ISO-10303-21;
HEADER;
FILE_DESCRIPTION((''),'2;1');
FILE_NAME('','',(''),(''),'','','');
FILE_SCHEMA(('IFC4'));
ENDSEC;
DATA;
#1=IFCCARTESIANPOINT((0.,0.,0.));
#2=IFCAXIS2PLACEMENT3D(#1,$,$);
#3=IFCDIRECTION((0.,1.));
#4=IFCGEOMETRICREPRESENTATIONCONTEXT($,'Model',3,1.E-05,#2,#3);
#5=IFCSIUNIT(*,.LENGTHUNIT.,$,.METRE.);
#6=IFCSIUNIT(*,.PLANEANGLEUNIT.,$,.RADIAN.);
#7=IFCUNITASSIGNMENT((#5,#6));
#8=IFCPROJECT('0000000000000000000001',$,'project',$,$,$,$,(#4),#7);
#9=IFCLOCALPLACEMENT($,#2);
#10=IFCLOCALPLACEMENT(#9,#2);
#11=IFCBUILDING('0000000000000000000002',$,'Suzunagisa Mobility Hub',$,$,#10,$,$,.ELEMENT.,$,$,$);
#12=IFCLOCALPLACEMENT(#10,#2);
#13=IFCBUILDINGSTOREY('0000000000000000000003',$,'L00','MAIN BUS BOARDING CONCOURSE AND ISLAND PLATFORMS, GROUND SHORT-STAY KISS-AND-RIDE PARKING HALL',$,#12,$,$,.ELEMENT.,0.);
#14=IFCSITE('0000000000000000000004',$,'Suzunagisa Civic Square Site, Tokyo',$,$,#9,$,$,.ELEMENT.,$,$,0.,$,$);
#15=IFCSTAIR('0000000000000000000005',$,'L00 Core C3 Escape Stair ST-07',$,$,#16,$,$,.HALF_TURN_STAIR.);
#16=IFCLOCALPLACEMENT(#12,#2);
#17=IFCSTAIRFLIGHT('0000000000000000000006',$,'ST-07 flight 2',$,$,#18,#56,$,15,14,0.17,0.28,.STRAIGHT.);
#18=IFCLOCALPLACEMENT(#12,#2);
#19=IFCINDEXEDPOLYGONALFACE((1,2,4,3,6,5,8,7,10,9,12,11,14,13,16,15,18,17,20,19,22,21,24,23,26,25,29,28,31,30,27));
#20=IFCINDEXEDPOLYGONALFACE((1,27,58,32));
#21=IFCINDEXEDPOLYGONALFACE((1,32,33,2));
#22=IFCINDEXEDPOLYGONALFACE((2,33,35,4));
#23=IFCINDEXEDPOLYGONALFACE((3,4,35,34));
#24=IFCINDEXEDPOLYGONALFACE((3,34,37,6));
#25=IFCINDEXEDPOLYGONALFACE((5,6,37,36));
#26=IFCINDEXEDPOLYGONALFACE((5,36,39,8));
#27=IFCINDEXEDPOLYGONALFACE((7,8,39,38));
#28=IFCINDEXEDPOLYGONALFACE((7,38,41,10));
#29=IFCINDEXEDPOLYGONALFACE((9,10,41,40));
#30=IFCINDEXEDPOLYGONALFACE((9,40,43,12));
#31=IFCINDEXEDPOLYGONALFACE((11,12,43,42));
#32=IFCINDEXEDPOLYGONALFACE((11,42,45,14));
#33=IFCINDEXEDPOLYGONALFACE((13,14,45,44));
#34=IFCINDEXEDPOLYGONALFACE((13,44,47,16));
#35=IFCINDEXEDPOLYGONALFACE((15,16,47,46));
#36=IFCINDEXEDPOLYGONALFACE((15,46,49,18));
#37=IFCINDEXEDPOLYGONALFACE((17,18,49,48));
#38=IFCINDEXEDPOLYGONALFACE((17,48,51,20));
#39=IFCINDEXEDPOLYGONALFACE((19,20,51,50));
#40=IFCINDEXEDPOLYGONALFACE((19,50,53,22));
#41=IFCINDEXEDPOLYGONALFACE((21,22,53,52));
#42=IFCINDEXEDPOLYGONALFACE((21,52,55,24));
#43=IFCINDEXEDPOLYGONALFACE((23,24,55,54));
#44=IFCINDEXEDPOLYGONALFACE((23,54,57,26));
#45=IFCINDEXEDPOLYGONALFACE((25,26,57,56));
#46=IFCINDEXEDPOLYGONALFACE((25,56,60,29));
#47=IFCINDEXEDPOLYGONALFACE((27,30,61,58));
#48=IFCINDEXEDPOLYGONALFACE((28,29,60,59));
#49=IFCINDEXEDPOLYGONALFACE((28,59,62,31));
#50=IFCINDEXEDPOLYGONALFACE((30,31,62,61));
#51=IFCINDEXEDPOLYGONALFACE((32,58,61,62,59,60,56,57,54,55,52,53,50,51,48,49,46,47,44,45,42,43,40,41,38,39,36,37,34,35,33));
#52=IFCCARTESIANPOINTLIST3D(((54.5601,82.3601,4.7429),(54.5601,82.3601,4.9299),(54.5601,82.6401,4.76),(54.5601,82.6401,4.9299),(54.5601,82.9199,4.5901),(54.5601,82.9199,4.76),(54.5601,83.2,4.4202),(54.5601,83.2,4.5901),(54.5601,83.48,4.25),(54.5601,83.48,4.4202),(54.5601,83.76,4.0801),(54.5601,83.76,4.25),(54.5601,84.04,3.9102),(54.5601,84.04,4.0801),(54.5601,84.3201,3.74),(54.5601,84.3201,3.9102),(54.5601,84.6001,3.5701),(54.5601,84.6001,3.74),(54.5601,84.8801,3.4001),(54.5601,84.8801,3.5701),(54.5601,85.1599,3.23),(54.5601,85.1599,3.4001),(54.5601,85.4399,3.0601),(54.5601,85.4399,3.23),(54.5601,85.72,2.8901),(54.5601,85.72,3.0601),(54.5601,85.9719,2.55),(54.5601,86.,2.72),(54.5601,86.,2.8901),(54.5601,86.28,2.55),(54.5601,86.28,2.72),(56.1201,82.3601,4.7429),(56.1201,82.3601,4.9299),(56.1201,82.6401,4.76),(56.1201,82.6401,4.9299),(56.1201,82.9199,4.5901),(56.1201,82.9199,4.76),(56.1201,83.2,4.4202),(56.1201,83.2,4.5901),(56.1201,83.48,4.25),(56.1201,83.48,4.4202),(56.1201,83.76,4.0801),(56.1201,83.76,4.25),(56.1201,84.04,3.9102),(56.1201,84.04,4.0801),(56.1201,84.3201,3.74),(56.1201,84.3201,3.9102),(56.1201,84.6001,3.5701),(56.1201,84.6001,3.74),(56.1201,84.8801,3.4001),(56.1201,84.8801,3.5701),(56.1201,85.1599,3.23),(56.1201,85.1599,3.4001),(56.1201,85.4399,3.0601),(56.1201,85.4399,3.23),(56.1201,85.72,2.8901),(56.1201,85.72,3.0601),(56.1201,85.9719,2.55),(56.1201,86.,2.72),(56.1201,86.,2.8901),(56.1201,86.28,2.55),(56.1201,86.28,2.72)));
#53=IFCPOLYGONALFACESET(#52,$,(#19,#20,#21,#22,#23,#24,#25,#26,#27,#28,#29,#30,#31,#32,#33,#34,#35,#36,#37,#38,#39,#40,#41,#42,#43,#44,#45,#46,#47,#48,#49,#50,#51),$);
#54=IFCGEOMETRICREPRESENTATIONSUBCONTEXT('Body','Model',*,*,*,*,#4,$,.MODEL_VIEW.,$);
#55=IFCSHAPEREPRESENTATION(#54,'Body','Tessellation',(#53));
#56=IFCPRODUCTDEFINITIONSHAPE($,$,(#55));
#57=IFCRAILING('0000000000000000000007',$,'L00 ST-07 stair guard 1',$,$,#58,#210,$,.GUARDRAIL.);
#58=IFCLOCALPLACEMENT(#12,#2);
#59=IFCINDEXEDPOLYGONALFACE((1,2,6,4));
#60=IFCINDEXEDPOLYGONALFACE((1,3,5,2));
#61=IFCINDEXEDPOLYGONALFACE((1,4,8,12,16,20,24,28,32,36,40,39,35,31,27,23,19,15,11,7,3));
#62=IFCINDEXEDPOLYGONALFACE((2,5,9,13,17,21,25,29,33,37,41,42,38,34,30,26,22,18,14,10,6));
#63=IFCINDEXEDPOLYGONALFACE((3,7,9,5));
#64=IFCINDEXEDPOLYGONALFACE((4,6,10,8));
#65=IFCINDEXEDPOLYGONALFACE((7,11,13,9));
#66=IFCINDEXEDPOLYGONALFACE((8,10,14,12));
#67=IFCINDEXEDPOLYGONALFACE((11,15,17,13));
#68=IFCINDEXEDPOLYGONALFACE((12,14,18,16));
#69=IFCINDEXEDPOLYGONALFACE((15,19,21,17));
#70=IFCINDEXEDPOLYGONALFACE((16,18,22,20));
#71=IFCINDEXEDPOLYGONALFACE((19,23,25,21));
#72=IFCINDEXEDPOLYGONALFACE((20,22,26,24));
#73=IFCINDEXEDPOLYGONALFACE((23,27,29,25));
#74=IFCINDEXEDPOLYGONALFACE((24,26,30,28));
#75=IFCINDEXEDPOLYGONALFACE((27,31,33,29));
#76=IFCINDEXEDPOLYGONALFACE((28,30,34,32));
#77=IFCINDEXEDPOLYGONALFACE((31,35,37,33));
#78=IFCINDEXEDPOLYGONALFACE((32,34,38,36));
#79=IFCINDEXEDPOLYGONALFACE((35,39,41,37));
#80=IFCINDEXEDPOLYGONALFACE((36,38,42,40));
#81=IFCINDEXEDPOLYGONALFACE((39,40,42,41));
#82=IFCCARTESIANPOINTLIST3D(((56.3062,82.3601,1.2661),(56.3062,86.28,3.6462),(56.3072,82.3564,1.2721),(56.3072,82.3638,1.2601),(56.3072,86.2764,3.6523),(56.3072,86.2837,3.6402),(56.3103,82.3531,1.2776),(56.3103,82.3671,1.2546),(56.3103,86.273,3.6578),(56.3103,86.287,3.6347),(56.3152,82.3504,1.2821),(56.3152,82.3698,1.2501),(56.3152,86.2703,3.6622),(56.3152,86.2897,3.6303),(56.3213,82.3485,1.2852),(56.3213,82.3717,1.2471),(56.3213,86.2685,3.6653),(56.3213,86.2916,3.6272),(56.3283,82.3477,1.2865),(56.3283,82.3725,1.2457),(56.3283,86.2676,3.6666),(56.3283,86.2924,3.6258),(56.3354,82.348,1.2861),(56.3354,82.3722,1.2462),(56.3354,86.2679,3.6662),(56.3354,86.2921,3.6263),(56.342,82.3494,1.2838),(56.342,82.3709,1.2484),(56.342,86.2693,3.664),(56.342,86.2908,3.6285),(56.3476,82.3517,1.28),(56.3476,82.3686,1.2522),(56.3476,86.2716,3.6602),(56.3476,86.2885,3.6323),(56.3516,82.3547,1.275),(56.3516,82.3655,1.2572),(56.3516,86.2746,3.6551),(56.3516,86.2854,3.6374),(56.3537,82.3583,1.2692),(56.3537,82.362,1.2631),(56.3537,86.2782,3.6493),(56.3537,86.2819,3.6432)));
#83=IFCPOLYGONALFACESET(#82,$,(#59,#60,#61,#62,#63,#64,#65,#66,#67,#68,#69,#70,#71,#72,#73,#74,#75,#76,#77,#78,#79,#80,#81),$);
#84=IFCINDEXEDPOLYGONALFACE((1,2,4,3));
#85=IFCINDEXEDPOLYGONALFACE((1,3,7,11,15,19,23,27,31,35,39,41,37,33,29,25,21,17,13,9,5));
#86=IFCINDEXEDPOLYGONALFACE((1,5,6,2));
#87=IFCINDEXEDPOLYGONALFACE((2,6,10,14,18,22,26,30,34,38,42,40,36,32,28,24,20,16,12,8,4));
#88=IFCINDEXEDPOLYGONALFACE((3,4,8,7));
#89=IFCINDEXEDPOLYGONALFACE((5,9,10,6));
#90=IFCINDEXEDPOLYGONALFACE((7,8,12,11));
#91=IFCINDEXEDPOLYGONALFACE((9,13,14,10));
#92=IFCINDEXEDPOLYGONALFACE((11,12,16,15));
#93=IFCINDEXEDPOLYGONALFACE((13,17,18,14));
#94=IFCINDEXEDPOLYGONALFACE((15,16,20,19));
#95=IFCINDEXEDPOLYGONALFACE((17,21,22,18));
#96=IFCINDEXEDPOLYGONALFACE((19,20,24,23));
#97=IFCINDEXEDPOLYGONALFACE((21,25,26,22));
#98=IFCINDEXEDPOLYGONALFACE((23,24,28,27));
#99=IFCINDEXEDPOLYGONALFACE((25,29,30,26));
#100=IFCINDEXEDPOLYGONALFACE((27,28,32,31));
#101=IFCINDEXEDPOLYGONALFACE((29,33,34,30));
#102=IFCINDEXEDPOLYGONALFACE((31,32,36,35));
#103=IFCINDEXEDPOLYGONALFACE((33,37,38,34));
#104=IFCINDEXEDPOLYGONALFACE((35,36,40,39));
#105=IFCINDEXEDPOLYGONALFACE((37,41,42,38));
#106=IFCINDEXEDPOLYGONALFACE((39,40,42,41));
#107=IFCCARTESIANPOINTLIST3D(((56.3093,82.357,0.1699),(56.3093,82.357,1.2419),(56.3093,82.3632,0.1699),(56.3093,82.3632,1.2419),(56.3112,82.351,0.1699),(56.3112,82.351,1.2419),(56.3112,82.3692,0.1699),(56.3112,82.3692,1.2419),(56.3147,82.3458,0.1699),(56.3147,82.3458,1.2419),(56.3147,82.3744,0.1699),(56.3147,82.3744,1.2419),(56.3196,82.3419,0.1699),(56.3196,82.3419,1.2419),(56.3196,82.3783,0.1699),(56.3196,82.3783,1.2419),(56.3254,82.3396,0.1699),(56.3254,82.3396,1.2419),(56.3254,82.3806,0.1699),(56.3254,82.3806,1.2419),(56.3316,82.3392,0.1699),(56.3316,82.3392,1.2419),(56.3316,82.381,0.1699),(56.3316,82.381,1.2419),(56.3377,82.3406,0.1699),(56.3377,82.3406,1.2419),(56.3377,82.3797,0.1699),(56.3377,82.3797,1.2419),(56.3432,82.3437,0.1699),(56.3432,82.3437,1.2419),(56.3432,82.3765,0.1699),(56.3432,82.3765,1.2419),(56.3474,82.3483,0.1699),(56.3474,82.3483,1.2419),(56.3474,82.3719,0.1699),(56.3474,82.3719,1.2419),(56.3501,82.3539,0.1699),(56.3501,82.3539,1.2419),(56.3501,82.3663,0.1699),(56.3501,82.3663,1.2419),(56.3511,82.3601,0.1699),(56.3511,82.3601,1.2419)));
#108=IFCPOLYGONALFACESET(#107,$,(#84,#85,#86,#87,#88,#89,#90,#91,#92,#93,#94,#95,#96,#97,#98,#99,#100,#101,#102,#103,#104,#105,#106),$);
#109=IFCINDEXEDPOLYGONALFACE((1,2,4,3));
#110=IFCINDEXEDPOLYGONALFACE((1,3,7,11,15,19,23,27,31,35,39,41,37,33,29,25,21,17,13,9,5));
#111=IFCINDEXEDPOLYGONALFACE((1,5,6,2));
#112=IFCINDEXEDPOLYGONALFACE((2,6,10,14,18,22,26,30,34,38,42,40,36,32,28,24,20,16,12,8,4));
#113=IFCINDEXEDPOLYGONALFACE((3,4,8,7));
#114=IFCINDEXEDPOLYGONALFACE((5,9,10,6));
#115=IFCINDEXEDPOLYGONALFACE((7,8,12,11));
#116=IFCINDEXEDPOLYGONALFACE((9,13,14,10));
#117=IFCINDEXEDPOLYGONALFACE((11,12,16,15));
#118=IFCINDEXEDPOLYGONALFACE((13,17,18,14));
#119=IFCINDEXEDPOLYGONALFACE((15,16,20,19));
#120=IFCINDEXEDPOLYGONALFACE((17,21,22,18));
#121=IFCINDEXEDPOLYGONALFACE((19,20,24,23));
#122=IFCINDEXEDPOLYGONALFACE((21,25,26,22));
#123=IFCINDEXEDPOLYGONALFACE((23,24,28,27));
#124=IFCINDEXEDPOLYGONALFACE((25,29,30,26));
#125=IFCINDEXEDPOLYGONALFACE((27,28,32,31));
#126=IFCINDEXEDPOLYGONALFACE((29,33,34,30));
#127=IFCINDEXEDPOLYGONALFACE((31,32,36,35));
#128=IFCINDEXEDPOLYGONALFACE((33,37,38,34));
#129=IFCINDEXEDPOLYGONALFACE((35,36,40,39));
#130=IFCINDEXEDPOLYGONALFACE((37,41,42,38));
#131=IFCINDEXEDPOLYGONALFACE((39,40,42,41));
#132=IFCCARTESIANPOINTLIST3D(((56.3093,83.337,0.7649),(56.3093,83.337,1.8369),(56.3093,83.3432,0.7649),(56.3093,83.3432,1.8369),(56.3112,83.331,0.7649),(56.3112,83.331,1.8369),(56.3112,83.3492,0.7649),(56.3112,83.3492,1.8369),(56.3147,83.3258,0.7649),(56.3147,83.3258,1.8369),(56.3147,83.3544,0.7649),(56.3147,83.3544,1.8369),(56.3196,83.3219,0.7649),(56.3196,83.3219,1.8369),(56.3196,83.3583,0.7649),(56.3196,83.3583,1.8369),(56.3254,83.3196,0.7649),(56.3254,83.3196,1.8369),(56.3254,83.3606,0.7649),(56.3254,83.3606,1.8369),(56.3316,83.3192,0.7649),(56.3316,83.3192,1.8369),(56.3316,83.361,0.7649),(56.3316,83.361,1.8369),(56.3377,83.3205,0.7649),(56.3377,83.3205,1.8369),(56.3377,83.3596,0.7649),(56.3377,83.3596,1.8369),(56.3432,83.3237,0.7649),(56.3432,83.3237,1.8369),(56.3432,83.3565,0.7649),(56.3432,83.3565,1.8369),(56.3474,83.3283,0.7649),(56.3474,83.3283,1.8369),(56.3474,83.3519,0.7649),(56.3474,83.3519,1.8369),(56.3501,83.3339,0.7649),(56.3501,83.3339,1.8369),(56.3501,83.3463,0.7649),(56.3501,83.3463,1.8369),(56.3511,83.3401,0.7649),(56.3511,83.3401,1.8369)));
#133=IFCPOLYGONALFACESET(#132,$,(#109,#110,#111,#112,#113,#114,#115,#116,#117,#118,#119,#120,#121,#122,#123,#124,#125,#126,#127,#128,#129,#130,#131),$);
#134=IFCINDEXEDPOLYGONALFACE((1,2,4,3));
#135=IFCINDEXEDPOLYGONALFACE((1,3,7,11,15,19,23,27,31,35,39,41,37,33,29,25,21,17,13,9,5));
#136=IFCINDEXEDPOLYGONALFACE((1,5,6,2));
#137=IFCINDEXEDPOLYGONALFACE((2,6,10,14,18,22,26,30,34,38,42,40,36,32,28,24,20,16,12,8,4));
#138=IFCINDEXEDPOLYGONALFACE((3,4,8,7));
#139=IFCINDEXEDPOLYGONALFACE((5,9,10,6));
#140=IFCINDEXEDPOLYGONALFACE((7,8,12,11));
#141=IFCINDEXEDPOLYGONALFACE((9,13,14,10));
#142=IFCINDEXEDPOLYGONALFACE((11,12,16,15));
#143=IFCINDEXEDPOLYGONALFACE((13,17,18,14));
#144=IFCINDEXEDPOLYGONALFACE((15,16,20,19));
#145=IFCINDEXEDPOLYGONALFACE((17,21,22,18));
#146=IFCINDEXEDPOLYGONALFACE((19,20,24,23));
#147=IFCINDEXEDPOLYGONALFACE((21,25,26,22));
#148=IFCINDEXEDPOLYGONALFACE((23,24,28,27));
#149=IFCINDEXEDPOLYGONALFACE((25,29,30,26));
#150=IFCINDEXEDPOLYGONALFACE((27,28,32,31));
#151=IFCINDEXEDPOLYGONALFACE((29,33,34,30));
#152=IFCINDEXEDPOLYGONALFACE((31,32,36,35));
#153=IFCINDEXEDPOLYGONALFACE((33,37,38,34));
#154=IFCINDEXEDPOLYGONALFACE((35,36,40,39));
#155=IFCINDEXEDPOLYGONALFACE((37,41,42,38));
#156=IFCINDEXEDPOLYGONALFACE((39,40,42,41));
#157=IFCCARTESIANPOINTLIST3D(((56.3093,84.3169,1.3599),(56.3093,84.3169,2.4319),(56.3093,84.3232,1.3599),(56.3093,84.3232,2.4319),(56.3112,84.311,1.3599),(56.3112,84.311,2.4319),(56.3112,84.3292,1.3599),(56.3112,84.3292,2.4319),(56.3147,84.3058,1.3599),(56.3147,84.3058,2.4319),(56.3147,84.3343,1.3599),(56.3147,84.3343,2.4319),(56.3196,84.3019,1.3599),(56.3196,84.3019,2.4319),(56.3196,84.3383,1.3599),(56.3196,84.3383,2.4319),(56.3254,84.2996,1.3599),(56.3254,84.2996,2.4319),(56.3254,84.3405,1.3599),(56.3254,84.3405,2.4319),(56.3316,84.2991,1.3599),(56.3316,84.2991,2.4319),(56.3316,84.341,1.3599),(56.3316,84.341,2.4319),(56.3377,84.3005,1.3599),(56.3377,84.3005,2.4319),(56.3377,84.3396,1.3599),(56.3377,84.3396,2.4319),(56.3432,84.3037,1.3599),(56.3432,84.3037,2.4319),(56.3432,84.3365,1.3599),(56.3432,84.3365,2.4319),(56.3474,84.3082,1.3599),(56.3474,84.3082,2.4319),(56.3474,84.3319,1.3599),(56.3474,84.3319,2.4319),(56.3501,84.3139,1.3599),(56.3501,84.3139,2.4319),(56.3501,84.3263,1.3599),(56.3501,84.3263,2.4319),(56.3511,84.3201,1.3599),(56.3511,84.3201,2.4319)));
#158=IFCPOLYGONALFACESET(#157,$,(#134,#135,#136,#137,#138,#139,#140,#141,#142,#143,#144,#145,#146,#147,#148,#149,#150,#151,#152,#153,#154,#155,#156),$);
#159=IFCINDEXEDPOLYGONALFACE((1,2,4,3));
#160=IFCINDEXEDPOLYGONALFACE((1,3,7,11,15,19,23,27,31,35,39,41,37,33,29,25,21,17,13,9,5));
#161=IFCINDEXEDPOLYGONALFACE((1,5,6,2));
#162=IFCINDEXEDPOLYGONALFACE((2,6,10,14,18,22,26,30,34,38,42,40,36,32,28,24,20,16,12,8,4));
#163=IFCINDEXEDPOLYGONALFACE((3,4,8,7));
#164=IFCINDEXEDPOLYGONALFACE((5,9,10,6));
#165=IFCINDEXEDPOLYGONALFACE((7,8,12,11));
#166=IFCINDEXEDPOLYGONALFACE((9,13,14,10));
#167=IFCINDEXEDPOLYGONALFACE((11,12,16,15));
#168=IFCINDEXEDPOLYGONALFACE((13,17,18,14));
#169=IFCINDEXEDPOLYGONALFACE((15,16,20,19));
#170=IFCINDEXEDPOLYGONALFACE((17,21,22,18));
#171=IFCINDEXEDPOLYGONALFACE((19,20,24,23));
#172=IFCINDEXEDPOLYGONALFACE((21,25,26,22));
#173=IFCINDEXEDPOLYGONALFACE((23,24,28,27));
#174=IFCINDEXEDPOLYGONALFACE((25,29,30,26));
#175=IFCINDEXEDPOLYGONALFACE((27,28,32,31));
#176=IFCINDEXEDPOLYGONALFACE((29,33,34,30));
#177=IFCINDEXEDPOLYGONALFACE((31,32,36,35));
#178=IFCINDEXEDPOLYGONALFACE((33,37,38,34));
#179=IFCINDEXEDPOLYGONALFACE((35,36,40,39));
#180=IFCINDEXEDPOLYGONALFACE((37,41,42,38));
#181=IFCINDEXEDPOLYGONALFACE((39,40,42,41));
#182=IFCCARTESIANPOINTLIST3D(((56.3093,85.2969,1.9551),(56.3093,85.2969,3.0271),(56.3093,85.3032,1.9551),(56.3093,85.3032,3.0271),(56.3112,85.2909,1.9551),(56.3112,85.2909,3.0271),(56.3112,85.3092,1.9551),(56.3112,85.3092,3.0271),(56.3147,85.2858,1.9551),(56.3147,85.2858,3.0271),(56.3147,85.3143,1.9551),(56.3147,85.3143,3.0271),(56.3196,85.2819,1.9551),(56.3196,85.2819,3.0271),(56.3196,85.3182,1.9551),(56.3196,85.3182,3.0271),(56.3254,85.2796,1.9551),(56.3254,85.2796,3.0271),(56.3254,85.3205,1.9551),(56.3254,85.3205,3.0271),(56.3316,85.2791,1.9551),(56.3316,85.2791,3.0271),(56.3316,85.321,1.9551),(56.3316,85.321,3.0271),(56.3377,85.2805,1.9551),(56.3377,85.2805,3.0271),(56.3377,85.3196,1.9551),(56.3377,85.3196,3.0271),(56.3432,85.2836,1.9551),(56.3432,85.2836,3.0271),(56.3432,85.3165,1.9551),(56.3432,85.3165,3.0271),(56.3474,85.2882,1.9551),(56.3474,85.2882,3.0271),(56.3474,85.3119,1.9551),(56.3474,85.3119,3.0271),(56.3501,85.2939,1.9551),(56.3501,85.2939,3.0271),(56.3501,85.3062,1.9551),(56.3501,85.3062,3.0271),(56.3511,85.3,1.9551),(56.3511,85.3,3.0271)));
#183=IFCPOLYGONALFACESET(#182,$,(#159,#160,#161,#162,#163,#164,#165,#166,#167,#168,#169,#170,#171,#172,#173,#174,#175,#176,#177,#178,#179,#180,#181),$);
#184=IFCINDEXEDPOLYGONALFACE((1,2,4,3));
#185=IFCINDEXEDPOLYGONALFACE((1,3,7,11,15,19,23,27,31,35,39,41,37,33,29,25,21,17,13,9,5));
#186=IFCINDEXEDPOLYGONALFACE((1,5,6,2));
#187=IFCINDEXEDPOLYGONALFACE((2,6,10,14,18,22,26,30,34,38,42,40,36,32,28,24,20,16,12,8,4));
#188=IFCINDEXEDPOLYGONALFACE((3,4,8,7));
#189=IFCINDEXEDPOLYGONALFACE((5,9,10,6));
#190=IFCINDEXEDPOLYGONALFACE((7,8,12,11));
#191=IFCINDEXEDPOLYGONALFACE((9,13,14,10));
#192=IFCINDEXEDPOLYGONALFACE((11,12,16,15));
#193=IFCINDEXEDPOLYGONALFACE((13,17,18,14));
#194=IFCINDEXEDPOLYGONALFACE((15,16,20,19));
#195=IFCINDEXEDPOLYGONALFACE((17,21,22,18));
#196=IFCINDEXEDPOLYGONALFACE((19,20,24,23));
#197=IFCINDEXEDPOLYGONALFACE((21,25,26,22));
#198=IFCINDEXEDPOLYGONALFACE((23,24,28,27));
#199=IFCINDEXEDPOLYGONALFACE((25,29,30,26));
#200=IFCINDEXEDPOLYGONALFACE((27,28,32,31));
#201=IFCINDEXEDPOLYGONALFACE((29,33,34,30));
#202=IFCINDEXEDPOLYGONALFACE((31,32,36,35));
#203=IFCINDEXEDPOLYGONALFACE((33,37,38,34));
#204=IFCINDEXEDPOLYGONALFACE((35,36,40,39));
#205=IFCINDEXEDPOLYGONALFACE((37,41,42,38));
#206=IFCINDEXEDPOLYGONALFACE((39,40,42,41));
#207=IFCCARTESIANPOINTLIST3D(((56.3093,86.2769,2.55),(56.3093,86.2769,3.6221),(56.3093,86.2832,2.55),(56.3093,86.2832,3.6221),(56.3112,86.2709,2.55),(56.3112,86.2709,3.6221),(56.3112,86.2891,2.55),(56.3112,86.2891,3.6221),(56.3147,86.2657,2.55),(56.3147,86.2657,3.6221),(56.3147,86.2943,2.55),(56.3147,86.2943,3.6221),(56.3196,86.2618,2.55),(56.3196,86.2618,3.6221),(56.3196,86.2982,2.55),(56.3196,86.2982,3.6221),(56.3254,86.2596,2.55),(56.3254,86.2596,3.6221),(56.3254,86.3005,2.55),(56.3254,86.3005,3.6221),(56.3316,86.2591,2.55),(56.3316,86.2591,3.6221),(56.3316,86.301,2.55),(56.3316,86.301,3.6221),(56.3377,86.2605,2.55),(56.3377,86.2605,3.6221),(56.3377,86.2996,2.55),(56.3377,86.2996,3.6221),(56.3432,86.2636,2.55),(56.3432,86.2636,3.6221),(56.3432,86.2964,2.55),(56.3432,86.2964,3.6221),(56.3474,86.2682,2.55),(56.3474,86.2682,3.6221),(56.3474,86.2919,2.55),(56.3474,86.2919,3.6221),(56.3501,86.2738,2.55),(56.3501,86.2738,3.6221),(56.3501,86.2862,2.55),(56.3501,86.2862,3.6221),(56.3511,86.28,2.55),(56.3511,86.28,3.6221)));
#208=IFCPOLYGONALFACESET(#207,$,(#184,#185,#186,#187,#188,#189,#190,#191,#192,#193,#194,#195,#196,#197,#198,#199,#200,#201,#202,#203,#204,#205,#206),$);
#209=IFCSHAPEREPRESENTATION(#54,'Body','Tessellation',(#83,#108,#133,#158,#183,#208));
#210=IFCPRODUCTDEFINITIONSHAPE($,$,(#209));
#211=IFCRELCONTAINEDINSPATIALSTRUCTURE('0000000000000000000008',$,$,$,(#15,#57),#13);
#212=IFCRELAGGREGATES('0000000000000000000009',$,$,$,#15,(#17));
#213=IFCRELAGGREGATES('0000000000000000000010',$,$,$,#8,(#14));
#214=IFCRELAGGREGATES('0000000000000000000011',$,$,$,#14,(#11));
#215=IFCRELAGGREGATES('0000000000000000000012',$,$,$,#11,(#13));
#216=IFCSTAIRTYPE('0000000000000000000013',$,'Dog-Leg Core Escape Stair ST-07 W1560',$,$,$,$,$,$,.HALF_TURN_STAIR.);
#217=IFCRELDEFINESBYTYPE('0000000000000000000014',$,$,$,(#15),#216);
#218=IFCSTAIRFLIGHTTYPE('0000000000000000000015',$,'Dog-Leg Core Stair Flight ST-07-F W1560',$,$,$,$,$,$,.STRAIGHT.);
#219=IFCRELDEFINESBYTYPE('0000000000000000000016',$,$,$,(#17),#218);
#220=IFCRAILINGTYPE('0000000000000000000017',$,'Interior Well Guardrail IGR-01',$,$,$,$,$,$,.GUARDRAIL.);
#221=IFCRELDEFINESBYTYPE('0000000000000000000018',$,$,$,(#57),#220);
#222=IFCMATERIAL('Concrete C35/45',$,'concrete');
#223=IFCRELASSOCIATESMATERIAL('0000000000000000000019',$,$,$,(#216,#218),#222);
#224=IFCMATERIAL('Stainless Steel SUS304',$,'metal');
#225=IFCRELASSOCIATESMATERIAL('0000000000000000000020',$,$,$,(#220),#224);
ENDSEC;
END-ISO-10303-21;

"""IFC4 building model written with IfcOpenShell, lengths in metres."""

from ifc_helpers import new_model, si_unit, direction, frame, origin, origin_2d, place, context, subcontext, project, spatial, polyline, circle, outline, extrude, material, type_object, element, aggregate, save


model = new_model("IFC4")

# Units and contexts
model_context = context("Model", 3, precision=1e-05, world=origin(), true_north=direction((0.0, 1.0)))
body_context = subcontext(model_context, "Body", "Model", "MODEL_VIEW")
ifc_project = project(units=[si_unit("LENGTHUNIT", "METRE"), si_unit("PLANEANGLEUNIT", "RADIAN")], contexts=[model_context])

# Site, building, storey
site_placement = place(None, origin())
site = spatial("IfcSite", under=ifc_project, at=site_placement, Name="Suzunagisa Civic Square Site, Tokyo", CompositionType="ELEMENT", RefElevation=0.0)
building_placement = place(site_placement, origin())
building = spatial("IfcBuilding", under=site, at=building_placement, Name="Suzunagisa Mobility Hub", CompositionType="ELEMENT")
storey_placement = place(building_placement, origin())
storey = spatial("IfcBuildingStorey", under=building, at=storey_placement, Name="L00", Description="MAIN BUS BOARDING CONCOURSE AND ISLAND PLATFORMS, GROUND SHORT-STAY KISS-AND-RIDE PARKING HALL", CompositionType="ELEMENT", Elevation=0.0)

# Shared definitions
ifc_material_1 = material(Name="Concrete C35/45", Category="concrete")

# Stair, stair flight
stair_type = type_object("IfcStairType", Name="Dog-Leg Core Escape Stair ST-07 W1560", PredefinedType="HALF_TURN_STAIR", material=ifc_material_1)
stair_placement = place(storey_placement, origin())
stair = element("IfcStair", 1, at=stair_placement, inside=storey, type_object=stair_type, Name="L00 Core C3 Escape Stair ST-07", PredefinedType="HALF_TURN_STAIR")
stair_flight_type = type_object("IfcStairFlightType", Name="Dog-Leg Core Stair Flight ST-07-F W1560", PredefinedType="STRAIGHT", material=ifc_material_1)
stair_flight_1_placement = place(storey_placement, frame((55.3401, 86.28, 2.55), z_axis=(0.0, 0.0, 1.0), x_axis=(0.0, -1.0, 0.0)))
stair_flight_1 = element("IfcStairFlight", 2, at=stair_flight_1_placement, type_object=stair_flight_type, Name="ST-07 flight 2", NumberOfRisers=15, NumberOfTreads=14, PredefinedType="STRAIGHT", RiserHeight=0.17, TreadLength=0.28, context=body_context, shape_type="SweptSolid", body=[
    extrude(outline(polyline([(0.0, 0.0), (0.0, 0.1699), (0.28, 0.1699), (0.28, 0.3401), (0.5601, 0.3401), (0.5601, 0.51), (0.8401, 0.51), (0.8401, 0.6799), (1.1201, 0.6799), (1.1201, 0.8501), (1.3999, 0.8501), (1.3999, 1.02), (1.6799, 1.02), (1.6799, 1.1899), (1.96, 1.1899), (1.96, 1.3601), (2.24, 1.3601), (2.24, 1.53), (2.52, 1.53), (2.52, 1.7), (2.8, 1.7), (2.8, 1.8701), (3.0801, 1.8701), (3.0801, 2.04), (3.3601, 2.04), (3.3601, 2.21), (3.6399, 2.21), (3.6399, 2.3799), (3.9199, 2.3799), (3.9199, 2.55), (3.9199, 2.1929), (0.3081, 0.0), (0.0, 0.0)])), frame((0.0, 0.78, 0.0), z_axis=(0.0, -1.0, 0.0), x_axis=(1.0, 0.0, 0.0)), (0.0, 0.0, 1.0), 1.5601),
])
aggregate(stair, [stair_flight_1])

# Railing
ifc_material_2 = material(Name="Stainless Steel SUS304", Category="metal")
railing_type_1 = type_object("IfcRailingType", Name="Interior Well Guardrail IGR-01", PredefinedType="GUARDRAIL", material=ifc_material_2)
railing_1_placement = place(storey_placement, frame((56.3301, 82.3601, 0.1699)))
element("IfcRailing", 3, at=railing_1_placement, inside=storey, type_object=railing_type_1, Name="L00 ST-07 stair guard 1", PredefinedType="GUARDRAIL", context=body_context, shape_type="SweptSolid", body=[
    extrude(circle(Radius=0.0239, at=origin_2d()), frame((0.0, 0.0, 1.0962), z_axis=(0.0, 0.854771, 0.519006), x_axis=(-1.0, 0.0, 0.0)), (0.0, 0.0, 1.0), 4.5859),
    extrude(circle(Radius=0.021, at=origin_2d()), origin(), (0.0, 0.0, 1.0), 1.072),
    extrude(circle(Radius=0.021, at=origin_2d()), frame((0.0, 0.98, 0.595)), (0.0, 0.0, 1.0), 1.072),
    extrude(circle(Radius=0.021, at=origin_2d()), frame((0.0, 1.96, 1.1899)), (0.0, 0.0, 1.0), 1.072),
    extrude(circle(Radius=0.021, at=origin_2d()), frame((0.0, 2.9399, 1.7852)), (0.0, 0.0, 1.0), 1.072),
    extrude(circle(Radius=0.021, at=origin_2d()), frame((0.0, 3.9199, 2.3801)), (0.0, 0.0, 1.0), 1.072),
])

save(model, "model.ifc")
